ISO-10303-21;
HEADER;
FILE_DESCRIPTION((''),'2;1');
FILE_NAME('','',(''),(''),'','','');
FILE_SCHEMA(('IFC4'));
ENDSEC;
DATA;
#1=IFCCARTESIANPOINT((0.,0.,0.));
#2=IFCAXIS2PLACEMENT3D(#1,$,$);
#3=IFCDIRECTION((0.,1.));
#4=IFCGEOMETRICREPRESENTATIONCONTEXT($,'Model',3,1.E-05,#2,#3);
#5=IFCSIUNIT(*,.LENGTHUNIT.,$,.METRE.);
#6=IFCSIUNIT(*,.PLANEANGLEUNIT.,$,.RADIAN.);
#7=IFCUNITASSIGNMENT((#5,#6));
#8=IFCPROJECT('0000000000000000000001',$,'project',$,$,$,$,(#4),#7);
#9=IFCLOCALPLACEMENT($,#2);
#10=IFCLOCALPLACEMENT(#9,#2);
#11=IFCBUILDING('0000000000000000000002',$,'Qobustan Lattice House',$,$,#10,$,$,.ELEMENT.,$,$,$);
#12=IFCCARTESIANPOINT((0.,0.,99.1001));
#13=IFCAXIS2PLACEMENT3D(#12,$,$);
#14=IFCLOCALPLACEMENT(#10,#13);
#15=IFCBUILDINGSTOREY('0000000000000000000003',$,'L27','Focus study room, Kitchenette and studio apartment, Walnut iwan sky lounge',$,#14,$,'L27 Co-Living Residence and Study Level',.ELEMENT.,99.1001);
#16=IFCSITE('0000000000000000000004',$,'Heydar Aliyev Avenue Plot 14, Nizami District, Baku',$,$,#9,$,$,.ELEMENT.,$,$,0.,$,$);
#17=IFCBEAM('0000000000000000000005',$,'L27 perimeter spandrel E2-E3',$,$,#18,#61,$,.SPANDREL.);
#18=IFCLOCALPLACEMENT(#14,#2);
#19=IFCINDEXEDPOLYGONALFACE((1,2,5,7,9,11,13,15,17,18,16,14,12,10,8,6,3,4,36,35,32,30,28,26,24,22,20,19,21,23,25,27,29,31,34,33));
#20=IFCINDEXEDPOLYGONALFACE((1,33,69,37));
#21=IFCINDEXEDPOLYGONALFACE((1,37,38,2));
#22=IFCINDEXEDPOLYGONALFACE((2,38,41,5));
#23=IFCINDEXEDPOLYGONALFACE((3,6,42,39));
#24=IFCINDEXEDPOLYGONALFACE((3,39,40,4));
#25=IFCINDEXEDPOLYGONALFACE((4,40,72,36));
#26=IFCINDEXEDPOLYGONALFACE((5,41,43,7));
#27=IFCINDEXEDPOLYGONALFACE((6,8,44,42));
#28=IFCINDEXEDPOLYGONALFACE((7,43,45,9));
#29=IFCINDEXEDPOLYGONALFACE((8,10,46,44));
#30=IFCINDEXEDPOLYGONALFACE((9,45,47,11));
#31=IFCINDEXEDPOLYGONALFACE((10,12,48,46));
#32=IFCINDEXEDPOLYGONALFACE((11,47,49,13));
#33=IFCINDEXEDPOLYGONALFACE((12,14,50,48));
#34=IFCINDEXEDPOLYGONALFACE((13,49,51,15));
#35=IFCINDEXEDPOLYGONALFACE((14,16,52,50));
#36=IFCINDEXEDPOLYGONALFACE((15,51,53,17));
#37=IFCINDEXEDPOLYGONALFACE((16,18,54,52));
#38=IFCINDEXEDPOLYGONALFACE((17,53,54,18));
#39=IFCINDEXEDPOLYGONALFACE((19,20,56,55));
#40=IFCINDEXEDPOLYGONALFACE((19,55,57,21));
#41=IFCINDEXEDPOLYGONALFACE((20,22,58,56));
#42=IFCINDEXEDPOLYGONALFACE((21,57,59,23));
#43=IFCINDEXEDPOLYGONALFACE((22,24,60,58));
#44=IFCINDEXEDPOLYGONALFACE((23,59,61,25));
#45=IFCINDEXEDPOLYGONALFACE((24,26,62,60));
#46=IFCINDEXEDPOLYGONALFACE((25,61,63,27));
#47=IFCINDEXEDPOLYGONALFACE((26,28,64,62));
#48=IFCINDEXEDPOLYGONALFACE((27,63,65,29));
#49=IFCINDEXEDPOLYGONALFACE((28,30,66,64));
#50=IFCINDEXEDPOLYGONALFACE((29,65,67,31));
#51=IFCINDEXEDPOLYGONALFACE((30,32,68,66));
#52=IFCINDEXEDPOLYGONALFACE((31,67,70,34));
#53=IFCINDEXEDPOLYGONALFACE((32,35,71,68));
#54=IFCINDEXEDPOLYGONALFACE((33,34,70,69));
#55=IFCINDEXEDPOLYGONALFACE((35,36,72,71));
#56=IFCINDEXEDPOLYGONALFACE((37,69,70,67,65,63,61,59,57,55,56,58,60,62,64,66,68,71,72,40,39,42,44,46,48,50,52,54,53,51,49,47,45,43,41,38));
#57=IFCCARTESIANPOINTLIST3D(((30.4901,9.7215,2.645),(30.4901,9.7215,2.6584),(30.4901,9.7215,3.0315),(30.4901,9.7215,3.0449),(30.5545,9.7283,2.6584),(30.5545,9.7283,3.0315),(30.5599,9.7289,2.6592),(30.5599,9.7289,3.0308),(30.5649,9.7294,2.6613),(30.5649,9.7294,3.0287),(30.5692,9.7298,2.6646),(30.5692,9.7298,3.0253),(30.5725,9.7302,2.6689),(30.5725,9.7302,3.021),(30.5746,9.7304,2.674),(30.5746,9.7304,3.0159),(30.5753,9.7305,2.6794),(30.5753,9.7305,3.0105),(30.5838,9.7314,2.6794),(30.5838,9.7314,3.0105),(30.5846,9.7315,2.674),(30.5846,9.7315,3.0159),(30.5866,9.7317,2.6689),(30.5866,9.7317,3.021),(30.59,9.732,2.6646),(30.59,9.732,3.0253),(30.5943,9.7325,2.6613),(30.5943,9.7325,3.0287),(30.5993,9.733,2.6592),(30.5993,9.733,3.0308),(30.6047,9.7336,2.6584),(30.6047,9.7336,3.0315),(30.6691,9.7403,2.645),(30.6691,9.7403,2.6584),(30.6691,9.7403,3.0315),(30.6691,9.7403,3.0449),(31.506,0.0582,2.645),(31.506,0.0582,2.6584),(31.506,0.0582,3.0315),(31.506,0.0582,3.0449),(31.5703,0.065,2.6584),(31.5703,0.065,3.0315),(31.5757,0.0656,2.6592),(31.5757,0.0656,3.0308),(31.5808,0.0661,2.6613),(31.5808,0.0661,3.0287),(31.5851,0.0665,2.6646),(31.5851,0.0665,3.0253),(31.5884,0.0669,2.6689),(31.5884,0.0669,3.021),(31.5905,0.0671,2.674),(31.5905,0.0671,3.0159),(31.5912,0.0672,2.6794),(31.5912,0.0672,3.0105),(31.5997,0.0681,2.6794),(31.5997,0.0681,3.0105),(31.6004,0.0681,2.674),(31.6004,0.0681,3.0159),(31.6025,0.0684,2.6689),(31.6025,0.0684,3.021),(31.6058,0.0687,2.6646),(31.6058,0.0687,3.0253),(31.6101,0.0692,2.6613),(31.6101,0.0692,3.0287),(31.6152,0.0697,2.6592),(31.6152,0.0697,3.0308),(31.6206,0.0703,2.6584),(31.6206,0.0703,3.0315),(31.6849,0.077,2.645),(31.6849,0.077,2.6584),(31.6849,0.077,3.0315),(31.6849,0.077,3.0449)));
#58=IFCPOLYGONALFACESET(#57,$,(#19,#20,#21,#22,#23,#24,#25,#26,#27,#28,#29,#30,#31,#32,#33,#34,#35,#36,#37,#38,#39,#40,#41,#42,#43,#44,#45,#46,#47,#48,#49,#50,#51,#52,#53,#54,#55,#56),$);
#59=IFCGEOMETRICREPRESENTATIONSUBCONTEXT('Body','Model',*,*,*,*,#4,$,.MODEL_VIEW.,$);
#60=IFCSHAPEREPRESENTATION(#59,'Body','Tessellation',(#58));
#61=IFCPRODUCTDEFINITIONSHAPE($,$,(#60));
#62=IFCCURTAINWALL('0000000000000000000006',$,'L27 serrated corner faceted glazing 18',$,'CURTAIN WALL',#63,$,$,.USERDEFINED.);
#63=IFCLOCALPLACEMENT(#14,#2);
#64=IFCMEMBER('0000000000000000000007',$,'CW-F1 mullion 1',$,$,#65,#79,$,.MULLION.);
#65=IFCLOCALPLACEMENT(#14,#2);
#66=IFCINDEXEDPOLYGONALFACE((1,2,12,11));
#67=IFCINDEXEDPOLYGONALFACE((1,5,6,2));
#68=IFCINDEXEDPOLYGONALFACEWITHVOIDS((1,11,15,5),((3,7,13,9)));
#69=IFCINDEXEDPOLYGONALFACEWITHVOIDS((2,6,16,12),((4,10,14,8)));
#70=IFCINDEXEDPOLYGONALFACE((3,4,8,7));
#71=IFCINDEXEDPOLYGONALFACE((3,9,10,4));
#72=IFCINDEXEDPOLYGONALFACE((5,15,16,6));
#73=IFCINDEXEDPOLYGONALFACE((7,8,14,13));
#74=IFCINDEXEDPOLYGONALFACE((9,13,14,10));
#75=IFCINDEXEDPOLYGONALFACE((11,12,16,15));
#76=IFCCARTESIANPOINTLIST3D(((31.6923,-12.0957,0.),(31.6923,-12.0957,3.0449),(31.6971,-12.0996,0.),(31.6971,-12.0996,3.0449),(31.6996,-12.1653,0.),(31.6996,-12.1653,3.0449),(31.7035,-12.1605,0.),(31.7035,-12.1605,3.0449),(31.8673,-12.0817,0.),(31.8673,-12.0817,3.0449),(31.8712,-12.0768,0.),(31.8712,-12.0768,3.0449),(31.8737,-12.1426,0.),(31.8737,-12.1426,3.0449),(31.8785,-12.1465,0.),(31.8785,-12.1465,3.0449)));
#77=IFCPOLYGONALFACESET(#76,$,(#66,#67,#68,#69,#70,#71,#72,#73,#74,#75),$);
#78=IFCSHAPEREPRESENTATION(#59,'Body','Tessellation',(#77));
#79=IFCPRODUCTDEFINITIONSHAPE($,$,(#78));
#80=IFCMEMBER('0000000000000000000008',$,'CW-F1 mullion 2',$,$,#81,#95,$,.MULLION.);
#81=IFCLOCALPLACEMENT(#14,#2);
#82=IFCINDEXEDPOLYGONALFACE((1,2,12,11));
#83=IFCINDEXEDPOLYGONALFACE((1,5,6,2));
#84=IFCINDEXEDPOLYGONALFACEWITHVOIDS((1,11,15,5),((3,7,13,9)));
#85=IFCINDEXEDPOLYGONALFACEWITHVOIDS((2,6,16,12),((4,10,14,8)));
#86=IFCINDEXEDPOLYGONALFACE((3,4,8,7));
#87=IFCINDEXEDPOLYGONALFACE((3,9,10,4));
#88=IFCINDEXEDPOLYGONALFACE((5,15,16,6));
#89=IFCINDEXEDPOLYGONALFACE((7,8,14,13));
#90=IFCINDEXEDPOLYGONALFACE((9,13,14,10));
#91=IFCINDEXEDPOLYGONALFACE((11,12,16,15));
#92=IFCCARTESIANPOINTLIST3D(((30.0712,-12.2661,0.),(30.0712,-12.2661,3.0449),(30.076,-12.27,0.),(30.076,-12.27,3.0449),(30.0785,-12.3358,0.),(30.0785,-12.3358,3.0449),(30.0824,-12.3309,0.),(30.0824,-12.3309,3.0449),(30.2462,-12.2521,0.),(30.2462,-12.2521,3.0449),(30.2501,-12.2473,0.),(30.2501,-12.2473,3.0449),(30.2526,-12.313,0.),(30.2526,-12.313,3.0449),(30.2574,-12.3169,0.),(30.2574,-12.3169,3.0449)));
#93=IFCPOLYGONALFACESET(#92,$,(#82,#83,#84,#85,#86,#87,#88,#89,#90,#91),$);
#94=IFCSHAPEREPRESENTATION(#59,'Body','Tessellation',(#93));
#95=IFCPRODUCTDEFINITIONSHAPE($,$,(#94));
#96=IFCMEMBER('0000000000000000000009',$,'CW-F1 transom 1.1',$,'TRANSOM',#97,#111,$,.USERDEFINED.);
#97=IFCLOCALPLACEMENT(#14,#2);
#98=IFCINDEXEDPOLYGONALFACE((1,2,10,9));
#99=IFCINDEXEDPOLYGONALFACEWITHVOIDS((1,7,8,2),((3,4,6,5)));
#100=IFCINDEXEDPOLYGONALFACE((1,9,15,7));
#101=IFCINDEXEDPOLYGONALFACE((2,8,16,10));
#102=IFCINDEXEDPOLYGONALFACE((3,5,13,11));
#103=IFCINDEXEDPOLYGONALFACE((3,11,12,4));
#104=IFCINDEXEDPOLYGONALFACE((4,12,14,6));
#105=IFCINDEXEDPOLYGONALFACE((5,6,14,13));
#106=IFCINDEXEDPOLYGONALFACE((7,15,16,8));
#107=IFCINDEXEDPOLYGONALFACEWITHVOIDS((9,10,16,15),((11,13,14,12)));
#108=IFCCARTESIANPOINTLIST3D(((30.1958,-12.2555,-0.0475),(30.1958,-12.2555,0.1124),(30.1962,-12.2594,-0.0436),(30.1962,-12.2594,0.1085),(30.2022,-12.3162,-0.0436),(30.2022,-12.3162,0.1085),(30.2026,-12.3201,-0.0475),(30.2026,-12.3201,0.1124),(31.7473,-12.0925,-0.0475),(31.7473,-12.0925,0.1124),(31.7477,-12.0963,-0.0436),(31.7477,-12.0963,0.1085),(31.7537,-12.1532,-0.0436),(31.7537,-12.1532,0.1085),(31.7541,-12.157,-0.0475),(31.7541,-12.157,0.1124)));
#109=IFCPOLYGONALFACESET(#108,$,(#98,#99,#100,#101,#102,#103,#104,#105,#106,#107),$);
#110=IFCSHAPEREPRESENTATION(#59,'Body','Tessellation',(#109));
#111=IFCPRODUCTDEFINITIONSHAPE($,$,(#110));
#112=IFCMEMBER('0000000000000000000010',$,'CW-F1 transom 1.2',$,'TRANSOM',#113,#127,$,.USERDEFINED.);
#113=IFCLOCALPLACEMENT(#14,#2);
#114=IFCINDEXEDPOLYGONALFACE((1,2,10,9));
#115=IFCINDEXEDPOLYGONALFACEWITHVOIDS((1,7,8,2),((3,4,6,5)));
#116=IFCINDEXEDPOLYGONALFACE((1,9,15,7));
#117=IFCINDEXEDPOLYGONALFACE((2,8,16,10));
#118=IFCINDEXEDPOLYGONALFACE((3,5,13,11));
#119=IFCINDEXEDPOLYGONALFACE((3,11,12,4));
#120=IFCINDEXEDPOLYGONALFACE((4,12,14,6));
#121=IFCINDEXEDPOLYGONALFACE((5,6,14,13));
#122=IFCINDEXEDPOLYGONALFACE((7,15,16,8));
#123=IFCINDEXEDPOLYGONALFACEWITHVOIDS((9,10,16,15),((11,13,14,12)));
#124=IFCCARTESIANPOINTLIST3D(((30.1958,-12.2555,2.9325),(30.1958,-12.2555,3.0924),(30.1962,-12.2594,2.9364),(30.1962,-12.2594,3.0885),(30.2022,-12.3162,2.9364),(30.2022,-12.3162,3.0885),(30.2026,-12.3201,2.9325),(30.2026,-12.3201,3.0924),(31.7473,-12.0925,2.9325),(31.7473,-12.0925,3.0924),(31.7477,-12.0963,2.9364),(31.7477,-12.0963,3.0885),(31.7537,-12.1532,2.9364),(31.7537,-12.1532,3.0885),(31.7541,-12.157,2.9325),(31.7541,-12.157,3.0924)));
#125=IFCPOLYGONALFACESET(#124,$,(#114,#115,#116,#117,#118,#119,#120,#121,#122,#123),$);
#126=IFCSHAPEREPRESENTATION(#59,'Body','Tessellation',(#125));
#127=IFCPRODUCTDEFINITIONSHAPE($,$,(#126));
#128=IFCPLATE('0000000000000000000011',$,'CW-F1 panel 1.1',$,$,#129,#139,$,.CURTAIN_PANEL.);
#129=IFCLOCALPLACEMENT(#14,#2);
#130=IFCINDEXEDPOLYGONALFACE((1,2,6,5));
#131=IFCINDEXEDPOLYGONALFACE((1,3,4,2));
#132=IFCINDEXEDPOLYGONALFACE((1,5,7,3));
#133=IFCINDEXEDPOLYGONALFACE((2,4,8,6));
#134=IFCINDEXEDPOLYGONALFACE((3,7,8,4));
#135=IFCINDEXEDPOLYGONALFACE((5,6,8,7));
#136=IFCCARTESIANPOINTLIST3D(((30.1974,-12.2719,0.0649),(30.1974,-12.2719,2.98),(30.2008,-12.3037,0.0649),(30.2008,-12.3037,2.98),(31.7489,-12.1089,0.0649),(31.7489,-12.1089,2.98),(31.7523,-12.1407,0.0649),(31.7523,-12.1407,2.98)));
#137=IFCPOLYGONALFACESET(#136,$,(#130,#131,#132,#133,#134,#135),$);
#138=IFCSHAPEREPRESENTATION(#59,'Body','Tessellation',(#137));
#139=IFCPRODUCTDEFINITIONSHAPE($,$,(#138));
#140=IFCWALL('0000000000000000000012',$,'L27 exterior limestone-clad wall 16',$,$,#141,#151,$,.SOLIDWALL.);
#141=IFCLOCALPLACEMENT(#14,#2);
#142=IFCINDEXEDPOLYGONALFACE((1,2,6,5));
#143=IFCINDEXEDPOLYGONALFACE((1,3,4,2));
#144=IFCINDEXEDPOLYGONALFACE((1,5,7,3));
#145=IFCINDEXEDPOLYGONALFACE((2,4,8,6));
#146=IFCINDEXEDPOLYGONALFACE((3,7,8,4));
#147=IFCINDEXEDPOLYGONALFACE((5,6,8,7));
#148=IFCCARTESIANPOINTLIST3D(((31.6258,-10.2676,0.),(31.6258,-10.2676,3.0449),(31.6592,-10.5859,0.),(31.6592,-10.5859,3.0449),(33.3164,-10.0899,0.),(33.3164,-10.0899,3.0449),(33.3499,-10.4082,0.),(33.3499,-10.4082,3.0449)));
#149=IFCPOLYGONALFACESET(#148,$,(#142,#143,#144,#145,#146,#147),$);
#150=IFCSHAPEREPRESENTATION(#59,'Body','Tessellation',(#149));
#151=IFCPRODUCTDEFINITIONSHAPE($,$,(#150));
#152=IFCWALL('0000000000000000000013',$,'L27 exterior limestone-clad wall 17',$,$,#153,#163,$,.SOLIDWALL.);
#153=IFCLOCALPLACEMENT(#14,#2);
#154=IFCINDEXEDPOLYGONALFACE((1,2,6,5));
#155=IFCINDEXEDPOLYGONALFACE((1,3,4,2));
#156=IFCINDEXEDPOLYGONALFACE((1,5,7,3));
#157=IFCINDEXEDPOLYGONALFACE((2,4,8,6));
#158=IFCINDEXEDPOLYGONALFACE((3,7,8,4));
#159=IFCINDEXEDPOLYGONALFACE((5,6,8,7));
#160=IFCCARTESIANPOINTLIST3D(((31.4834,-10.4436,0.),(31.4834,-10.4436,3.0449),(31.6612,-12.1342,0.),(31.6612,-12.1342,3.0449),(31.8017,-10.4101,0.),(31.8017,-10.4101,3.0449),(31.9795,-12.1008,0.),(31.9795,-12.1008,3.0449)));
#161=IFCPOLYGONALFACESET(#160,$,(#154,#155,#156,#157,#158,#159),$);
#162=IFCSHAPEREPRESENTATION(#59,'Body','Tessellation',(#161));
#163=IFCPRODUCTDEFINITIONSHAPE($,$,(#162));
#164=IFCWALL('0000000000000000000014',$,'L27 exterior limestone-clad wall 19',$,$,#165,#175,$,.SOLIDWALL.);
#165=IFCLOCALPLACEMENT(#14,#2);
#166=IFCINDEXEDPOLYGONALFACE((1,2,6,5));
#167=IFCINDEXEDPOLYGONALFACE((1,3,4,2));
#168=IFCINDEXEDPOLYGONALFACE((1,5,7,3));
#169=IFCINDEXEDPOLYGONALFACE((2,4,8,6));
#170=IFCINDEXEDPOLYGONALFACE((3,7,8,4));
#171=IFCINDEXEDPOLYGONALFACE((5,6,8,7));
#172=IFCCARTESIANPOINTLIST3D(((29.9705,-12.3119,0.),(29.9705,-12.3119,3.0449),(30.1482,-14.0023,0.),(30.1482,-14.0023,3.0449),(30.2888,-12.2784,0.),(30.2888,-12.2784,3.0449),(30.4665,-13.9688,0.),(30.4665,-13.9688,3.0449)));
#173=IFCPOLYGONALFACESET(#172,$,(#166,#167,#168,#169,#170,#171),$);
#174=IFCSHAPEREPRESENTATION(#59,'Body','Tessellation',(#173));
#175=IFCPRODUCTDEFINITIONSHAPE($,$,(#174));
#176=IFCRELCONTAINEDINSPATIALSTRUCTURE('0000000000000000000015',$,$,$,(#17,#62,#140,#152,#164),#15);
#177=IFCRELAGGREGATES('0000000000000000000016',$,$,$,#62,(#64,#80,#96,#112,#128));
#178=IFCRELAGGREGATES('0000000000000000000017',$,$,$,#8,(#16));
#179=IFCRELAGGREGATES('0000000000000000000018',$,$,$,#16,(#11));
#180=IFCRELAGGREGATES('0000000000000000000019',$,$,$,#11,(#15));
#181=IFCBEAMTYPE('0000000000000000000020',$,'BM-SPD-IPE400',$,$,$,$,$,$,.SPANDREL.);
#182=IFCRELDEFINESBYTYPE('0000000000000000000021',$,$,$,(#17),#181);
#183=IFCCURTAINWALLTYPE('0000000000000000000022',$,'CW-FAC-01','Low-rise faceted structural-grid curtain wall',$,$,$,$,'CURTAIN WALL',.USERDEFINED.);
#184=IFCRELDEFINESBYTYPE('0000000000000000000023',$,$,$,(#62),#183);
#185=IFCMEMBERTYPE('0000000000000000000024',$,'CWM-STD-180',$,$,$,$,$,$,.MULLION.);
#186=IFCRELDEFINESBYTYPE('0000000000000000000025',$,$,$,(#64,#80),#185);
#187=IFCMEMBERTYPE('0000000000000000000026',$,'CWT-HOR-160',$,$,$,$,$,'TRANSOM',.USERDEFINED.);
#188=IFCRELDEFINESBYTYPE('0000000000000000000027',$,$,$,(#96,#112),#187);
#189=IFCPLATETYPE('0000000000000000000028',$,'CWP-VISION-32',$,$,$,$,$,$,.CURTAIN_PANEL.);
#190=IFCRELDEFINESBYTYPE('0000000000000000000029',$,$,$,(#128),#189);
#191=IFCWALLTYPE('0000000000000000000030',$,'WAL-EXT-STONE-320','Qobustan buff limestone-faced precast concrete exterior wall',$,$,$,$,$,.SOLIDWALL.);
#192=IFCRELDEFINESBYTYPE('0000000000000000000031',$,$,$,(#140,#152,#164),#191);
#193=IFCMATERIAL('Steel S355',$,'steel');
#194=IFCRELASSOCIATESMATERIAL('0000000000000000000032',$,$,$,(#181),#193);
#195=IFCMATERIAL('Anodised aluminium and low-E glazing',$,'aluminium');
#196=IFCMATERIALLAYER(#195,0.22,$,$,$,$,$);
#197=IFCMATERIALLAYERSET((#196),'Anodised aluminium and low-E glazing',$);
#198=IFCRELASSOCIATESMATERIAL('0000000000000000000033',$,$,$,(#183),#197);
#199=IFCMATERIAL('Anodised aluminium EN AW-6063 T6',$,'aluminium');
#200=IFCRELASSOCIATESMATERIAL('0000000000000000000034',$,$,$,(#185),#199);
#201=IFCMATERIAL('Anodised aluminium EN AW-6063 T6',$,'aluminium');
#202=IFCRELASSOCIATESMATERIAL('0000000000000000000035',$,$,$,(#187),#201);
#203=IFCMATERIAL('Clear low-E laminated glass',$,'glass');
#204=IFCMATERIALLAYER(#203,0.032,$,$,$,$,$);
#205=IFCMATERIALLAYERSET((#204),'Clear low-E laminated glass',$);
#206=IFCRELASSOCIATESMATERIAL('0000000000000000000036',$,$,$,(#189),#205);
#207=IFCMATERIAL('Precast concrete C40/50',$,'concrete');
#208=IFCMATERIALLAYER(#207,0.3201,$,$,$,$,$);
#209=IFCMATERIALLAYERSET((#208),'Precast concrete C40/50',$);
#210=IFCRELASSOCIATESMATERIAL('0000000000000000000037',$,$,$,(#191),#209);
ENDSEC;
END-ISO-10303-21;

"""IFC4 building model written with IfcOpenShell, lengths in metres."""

from ifc_helpers import new_model, si_unit, direction, frame, frame_2d, origin, origin_2d, place, context, subcontext, project, spatial, rectangle, hollow_rectangle, i_section, extrude, material, layer, layer_set, material_profile, profile_set, type_object, element, aggregate, save


model = new_model("IFC4")

# Units and contexts
model_context = context("Model", 3, precision=1e-05, world=origin(), true_north=direction((0.0, 1.0)))
body_context = subcontext(model_context, "Body", "Model", "MODEL_VIEW")
ifc_project = project(units=[si_unit("LENGTHUNIT", "METRE"), si_unit("PLANEANGLEUNIT", "RADIAN")], contexts=[model_context])

# Site, building, storey
site_placement = place(None, origin())
site = spatial("IfcSite", under=ifc_project, at=site_placement, Name="Heydar Aliyev Avenue Plot 14, Nizami District, Baku", CompositionType="ELEMENT", RefElevation=0.0)
building_placement = place(site_placement, origin())
building = spatial("IfcBuilding", under=site, at=building_placement, Name="Qobustan Lattice House", CompositionType="ELEMENT")
storey_placement = place(building_placement, frame((0.0, 0.0, 99.1001)))
storey = spatial("IfcBuildingStorey", under=building, at=storey_placement, Name="L27", Description="Focus study room, Kitchenette and studio apartment, Walnut iwan sky lounge", LongName="L27 Co-Living Residence and Study Level", CompositionType="ELEMENT", Elevation=99.1001)

# Beam
ifc_material_1 = material(Name="Steel S355", Category="steel")
ifc_material_profile_1 = material_profile(ifc_material_1, i_section(OverallWidth=0.1799, OverallDepth=0.3999, WebThickness=0.0085, FlangeThickness=0.0134, FilletRadius=0.021, at=origin_2d()), Name="IPE400")
ifc_profile_set_1 = profile_set([ifc_material_profile_1], Name="Steel S355")
beam_type_1 = type_object("IfcBeamType", Name="BM-SPD-IPE400", PredefinedType="SPANDREL", material=ifc_profile_set_1)
for number, where, z_axis, x_axis, name in (
    (1, (31.5955, 0.0676, 2.845), (-0.10455, 0.99452, 0.0), (-0.99452, -0.10455, 0.0), "L27 perimeter spandrel E2-E3"),
):
    element("IfcBeam", number, at=place(storey_placement, frame(where, z_axis=z_axis, x_axis=x_axis)), inside=storey, type_object=beam_type_1, Name=name, PredefinedType="SPANDREL", context=body_context, shape_type="SweptSolid", body=[
        extrude(i_section(OverallWidth=0.1799, OverallDepth=0.3999, WebThickness=0.0085, FlangeThickness=0.0134, FilletRadius=0.021, at=origin_2d()), origin(), (0.0, 0.0, 1.0), 9.7166),
    ])

# Curtain wall, members, plate
ifc_material_2 = material(Name="Anodised aluminium and low-E glazing", Category="aluminium")
ifc_layer_1 = layer(ifc_material_2, 0.22)
ifc_layer_set_1 = layer_set([ifc_layer_1], Name="Anodised aluminium and low-E glazing")
curtain_wall_type = type_object("IfcCurtainWallType", Name="CW-FAC-01", Description="Low-rise faceted structural-grid curtain wall", ElementType="CURTAIN WALL", PredefinedType="USERDEFINED", material=ifc_layer_set_1)
curtain_wall_placement = place(storey_placement, origin())
curtain_wall = element("IfcCurtainWall", 2, at=curtain_wall_placement, inside=storey, type_object=curtain_wall_type, Name="L27 serrated corner faceted glazing 18", ObjectType="CURTAIN WALL", PredefinedType="USERDEFINED")
ifc_material_3 = material(Name="Anodised aluminium EN AW-6063 T6", Category="aluminium")
ifc_material_profile_2 = material_profile(ifc_material_3, hollow_rectangle(XDim=0.0701, YDim=0.1799, WallThickness=0.0044, at=origin_2d()), Name="CWM-180x70")
ifc_profile_set_2 = profile_set([ifc_material_profile_2], Name="Anodised aluminium EN AW-6063 T6")
member_type_1 = type_object("IfcMemberType", Name="CWM-STD-180", PredefinedType="MULLION", material=ifc_profile_set_2)
member_1_placement = place(storey_placement, frame((31.7854, -12.1211, 0.0), z_axis=(0.0, 0.0, 1.0), x_axis=(0.104529, -0.994522, 0.0)))
member_1 = element("IfcMember", 3, at=member_1_placement, type_object=member_type_1, Name="CW-F1 mullion 1", PredefinedType="MULLION", context=body_context, shape_type="SweptSolid", body=[
    extrude(hollow_rectangle(XDim=0.0701, YDim=0.1799, WallThickness=0.0044, at=origin_2d()), origin(), (0.0, 0.0, 1.0), 3.0449),
])
member_2_placement = place(storey_placement, frame((30.1643, -12.2915, 0.0), z_axis=(0.0, 0.0, 1.0), x_axis=(0.104529, -0.994522, 0.0)))
member_2 = element("IfcMember", 4, at=member_2_placement, type_object=member_type_1, Name="CW-F1 mullion 2", PredefinedType="MULLION", context=body_context, shape_type="SweptSolid", body=[
    extrude(hollow_rectangle(XDim=0.0701, YDim=0.1799, WallThickness=0.0044, at=origin_2d()), origin(), (0.0, 0.0, 1.0), 3.0449),
])
ifc_material_4 = material(Name="Anodised aluminium EN AW-6063 T6", Category="aluminium")
ifc_material_profile_3 = material_profile(ifc_material_4, hollow_rectangle(XDim=0.0649, YDim=0.1599, WallThickness=0.0039, at=origin_2d()), Name="CWT-160x65")
ifc_profile_set_3 = profile_set([ifc_material_profile_3], Name="Anodised aluminium EN AW-6063 T6")
member_type_2 = type_object("IfcMemberType", Name="CWT-HOR-160", ElementType="TRANSOM", PredefinedType="USERDEFINED", material=ifc_profile_set_3)
member_3_placement = place(storey_placement, frame((31.7507, -12.1248, 0.0325), z_axis=(-0.994521, -0.104538, 0.0), x_axis=(0.104538, -0.994521, 0.0)))
member_3 = element("IfcMember", 5, at=member_3_placement, type_object=member_type_2, Name="CW-F1 transom 1.1", ObjectType="TRANSOM", PredefinedType="USERDEFINED", context=body_context, shape_type="SweptSolid", body=[
    extrude(hollow_rectangle(XDim=0.0649, YDim=0.1599, WallThickness=0.0039, at=origin_2d()), origin(), (0.0, 0.0, 1.0), 1.5601),
])
member_4_placement = place(storey_placement, frame((31.7507, -12.1248, 3.0125), z_axis=(-0.994521, -0.104538, 0.0), x_axis=(0.104538, -0.994521, 0.0)))
member_4 = element("IfcMember", 6, at=member_4_placement, type_object=member_type_2, Name="CW-F1 transom 1.2", ObjectType="TRANSOM", PredefinedType="USERDEFINED", context=body_context, shape_type="SweptSolid", body=[
    extrude(hollow_rectangle(XDim=0.0649, YDim=0.1599, WallThickness=0.0039, at=origin_2d()), origin(), (0.0, 0.0, 1.0), 1.5601),
])
ifc_material_5 = material(Name="Clear low-E laminated glass", Category="glass")
ifc_layer_2 = layer(ifc_material_5, 0.032)
ifc_layer_set_2 = layer_set([ifc_layer_2], Name="Clear low-E laminated glass")
plate_type = type_object("IfcPlateType", Name="CWP-VISION-32", PredefinedType="CURTAIN_PANEL", material=ifc_layer_set_2)
plate_placement = place(storey_placement, frame((30.9749, -12.2063, 0.0649), z_axis=(0.0, 0.0, 1.0), x_axis=(-0.994522, -0.104529, 0.0)))
plate = element("IfcPlate", 7, at=plate_placement, type_object=plate_type, Name="CW-F1 panel 1.1", PredefinedType="CURTAIN_PANEL", context=body_context, shape_type="SweptSolid", body=[
    extrude(rectangle(XDim=1.5601, YDim=0.032, at=origin_2d()), origin(), (0.0, 0.0, 1.0), 2.915),
])
aggregate(curtain_wall, [member_1, member_2, member_3, member_4, plate])

# Walls
ifc_material_6 = material(Name="Precast concrete C40/50", Category="concrete")
ifc_layer_3 = layer(ifc_material_6, 0.3201)
ifc_layer_set_3 = layer_set([ifc_layer_3], Name="Precast concrete C40/50")
wall_type = type_object("IfcWallType", Name="WAL-EXT-STONE-320", Description="Qobustan buff limestone-faced precast concrete exterior wall", PredefinedType="SOLIDWALL", material=ifc_layer_set_3)
for number, where, z_axis, x_axis, name in (
    (8, (33.3333, -10.249, 0.0), (0.0, 0.0, 1.0), (-0.99452, -0.10455, 0.0), "L27 exterior limestone-clad wall 16"),
    (9, (31.6426, -10.4268, 0.0), (0.0, 0.0, 1.0), (0.10455, -0.99452, 0.0), "L27 exterior limestone-clad wall 17"),
):
    element("IfcWall", number, at=place(storey_placement, frame(where, z_axis=z_axis, x_axis=x_axis)), inside=storey, type_object=wall_type, Name=name, PredefinedType="SOLIDWALL", context=body_context, shape_type="SweptSolid", body=[
        extrude(rectangle(XDim=1.7, YDim=0.3201, at=frame_2d((0.8501, 0.0))), origin(), (0.0, 0.0, 1.0), 3.0449),
    ])
wall_1_placement = place(storey_placement, frame((30.1296, -12.2952, 0.0), z_axis=(0.0, 0.0, 1.0), x_axis=(0.104565, -0.994518, 0.0)))
element("IfcWall", 10, at=wall_1_placement, inside=storey, type_object=wall_type, Name="L27 exterior limestone-clad wall 19", PredefinedType="SOLIDWALL", context=body_context, shape_type="SweptSolid", body=[
    extrude(rectangle(XDim=1.6997, YDim=0.3201, at=frame_2d((0.8499, 0.0))), origin(), (0.0, 0.0, 1.0), 3.0449),
])

save(model, "model.ifc")
